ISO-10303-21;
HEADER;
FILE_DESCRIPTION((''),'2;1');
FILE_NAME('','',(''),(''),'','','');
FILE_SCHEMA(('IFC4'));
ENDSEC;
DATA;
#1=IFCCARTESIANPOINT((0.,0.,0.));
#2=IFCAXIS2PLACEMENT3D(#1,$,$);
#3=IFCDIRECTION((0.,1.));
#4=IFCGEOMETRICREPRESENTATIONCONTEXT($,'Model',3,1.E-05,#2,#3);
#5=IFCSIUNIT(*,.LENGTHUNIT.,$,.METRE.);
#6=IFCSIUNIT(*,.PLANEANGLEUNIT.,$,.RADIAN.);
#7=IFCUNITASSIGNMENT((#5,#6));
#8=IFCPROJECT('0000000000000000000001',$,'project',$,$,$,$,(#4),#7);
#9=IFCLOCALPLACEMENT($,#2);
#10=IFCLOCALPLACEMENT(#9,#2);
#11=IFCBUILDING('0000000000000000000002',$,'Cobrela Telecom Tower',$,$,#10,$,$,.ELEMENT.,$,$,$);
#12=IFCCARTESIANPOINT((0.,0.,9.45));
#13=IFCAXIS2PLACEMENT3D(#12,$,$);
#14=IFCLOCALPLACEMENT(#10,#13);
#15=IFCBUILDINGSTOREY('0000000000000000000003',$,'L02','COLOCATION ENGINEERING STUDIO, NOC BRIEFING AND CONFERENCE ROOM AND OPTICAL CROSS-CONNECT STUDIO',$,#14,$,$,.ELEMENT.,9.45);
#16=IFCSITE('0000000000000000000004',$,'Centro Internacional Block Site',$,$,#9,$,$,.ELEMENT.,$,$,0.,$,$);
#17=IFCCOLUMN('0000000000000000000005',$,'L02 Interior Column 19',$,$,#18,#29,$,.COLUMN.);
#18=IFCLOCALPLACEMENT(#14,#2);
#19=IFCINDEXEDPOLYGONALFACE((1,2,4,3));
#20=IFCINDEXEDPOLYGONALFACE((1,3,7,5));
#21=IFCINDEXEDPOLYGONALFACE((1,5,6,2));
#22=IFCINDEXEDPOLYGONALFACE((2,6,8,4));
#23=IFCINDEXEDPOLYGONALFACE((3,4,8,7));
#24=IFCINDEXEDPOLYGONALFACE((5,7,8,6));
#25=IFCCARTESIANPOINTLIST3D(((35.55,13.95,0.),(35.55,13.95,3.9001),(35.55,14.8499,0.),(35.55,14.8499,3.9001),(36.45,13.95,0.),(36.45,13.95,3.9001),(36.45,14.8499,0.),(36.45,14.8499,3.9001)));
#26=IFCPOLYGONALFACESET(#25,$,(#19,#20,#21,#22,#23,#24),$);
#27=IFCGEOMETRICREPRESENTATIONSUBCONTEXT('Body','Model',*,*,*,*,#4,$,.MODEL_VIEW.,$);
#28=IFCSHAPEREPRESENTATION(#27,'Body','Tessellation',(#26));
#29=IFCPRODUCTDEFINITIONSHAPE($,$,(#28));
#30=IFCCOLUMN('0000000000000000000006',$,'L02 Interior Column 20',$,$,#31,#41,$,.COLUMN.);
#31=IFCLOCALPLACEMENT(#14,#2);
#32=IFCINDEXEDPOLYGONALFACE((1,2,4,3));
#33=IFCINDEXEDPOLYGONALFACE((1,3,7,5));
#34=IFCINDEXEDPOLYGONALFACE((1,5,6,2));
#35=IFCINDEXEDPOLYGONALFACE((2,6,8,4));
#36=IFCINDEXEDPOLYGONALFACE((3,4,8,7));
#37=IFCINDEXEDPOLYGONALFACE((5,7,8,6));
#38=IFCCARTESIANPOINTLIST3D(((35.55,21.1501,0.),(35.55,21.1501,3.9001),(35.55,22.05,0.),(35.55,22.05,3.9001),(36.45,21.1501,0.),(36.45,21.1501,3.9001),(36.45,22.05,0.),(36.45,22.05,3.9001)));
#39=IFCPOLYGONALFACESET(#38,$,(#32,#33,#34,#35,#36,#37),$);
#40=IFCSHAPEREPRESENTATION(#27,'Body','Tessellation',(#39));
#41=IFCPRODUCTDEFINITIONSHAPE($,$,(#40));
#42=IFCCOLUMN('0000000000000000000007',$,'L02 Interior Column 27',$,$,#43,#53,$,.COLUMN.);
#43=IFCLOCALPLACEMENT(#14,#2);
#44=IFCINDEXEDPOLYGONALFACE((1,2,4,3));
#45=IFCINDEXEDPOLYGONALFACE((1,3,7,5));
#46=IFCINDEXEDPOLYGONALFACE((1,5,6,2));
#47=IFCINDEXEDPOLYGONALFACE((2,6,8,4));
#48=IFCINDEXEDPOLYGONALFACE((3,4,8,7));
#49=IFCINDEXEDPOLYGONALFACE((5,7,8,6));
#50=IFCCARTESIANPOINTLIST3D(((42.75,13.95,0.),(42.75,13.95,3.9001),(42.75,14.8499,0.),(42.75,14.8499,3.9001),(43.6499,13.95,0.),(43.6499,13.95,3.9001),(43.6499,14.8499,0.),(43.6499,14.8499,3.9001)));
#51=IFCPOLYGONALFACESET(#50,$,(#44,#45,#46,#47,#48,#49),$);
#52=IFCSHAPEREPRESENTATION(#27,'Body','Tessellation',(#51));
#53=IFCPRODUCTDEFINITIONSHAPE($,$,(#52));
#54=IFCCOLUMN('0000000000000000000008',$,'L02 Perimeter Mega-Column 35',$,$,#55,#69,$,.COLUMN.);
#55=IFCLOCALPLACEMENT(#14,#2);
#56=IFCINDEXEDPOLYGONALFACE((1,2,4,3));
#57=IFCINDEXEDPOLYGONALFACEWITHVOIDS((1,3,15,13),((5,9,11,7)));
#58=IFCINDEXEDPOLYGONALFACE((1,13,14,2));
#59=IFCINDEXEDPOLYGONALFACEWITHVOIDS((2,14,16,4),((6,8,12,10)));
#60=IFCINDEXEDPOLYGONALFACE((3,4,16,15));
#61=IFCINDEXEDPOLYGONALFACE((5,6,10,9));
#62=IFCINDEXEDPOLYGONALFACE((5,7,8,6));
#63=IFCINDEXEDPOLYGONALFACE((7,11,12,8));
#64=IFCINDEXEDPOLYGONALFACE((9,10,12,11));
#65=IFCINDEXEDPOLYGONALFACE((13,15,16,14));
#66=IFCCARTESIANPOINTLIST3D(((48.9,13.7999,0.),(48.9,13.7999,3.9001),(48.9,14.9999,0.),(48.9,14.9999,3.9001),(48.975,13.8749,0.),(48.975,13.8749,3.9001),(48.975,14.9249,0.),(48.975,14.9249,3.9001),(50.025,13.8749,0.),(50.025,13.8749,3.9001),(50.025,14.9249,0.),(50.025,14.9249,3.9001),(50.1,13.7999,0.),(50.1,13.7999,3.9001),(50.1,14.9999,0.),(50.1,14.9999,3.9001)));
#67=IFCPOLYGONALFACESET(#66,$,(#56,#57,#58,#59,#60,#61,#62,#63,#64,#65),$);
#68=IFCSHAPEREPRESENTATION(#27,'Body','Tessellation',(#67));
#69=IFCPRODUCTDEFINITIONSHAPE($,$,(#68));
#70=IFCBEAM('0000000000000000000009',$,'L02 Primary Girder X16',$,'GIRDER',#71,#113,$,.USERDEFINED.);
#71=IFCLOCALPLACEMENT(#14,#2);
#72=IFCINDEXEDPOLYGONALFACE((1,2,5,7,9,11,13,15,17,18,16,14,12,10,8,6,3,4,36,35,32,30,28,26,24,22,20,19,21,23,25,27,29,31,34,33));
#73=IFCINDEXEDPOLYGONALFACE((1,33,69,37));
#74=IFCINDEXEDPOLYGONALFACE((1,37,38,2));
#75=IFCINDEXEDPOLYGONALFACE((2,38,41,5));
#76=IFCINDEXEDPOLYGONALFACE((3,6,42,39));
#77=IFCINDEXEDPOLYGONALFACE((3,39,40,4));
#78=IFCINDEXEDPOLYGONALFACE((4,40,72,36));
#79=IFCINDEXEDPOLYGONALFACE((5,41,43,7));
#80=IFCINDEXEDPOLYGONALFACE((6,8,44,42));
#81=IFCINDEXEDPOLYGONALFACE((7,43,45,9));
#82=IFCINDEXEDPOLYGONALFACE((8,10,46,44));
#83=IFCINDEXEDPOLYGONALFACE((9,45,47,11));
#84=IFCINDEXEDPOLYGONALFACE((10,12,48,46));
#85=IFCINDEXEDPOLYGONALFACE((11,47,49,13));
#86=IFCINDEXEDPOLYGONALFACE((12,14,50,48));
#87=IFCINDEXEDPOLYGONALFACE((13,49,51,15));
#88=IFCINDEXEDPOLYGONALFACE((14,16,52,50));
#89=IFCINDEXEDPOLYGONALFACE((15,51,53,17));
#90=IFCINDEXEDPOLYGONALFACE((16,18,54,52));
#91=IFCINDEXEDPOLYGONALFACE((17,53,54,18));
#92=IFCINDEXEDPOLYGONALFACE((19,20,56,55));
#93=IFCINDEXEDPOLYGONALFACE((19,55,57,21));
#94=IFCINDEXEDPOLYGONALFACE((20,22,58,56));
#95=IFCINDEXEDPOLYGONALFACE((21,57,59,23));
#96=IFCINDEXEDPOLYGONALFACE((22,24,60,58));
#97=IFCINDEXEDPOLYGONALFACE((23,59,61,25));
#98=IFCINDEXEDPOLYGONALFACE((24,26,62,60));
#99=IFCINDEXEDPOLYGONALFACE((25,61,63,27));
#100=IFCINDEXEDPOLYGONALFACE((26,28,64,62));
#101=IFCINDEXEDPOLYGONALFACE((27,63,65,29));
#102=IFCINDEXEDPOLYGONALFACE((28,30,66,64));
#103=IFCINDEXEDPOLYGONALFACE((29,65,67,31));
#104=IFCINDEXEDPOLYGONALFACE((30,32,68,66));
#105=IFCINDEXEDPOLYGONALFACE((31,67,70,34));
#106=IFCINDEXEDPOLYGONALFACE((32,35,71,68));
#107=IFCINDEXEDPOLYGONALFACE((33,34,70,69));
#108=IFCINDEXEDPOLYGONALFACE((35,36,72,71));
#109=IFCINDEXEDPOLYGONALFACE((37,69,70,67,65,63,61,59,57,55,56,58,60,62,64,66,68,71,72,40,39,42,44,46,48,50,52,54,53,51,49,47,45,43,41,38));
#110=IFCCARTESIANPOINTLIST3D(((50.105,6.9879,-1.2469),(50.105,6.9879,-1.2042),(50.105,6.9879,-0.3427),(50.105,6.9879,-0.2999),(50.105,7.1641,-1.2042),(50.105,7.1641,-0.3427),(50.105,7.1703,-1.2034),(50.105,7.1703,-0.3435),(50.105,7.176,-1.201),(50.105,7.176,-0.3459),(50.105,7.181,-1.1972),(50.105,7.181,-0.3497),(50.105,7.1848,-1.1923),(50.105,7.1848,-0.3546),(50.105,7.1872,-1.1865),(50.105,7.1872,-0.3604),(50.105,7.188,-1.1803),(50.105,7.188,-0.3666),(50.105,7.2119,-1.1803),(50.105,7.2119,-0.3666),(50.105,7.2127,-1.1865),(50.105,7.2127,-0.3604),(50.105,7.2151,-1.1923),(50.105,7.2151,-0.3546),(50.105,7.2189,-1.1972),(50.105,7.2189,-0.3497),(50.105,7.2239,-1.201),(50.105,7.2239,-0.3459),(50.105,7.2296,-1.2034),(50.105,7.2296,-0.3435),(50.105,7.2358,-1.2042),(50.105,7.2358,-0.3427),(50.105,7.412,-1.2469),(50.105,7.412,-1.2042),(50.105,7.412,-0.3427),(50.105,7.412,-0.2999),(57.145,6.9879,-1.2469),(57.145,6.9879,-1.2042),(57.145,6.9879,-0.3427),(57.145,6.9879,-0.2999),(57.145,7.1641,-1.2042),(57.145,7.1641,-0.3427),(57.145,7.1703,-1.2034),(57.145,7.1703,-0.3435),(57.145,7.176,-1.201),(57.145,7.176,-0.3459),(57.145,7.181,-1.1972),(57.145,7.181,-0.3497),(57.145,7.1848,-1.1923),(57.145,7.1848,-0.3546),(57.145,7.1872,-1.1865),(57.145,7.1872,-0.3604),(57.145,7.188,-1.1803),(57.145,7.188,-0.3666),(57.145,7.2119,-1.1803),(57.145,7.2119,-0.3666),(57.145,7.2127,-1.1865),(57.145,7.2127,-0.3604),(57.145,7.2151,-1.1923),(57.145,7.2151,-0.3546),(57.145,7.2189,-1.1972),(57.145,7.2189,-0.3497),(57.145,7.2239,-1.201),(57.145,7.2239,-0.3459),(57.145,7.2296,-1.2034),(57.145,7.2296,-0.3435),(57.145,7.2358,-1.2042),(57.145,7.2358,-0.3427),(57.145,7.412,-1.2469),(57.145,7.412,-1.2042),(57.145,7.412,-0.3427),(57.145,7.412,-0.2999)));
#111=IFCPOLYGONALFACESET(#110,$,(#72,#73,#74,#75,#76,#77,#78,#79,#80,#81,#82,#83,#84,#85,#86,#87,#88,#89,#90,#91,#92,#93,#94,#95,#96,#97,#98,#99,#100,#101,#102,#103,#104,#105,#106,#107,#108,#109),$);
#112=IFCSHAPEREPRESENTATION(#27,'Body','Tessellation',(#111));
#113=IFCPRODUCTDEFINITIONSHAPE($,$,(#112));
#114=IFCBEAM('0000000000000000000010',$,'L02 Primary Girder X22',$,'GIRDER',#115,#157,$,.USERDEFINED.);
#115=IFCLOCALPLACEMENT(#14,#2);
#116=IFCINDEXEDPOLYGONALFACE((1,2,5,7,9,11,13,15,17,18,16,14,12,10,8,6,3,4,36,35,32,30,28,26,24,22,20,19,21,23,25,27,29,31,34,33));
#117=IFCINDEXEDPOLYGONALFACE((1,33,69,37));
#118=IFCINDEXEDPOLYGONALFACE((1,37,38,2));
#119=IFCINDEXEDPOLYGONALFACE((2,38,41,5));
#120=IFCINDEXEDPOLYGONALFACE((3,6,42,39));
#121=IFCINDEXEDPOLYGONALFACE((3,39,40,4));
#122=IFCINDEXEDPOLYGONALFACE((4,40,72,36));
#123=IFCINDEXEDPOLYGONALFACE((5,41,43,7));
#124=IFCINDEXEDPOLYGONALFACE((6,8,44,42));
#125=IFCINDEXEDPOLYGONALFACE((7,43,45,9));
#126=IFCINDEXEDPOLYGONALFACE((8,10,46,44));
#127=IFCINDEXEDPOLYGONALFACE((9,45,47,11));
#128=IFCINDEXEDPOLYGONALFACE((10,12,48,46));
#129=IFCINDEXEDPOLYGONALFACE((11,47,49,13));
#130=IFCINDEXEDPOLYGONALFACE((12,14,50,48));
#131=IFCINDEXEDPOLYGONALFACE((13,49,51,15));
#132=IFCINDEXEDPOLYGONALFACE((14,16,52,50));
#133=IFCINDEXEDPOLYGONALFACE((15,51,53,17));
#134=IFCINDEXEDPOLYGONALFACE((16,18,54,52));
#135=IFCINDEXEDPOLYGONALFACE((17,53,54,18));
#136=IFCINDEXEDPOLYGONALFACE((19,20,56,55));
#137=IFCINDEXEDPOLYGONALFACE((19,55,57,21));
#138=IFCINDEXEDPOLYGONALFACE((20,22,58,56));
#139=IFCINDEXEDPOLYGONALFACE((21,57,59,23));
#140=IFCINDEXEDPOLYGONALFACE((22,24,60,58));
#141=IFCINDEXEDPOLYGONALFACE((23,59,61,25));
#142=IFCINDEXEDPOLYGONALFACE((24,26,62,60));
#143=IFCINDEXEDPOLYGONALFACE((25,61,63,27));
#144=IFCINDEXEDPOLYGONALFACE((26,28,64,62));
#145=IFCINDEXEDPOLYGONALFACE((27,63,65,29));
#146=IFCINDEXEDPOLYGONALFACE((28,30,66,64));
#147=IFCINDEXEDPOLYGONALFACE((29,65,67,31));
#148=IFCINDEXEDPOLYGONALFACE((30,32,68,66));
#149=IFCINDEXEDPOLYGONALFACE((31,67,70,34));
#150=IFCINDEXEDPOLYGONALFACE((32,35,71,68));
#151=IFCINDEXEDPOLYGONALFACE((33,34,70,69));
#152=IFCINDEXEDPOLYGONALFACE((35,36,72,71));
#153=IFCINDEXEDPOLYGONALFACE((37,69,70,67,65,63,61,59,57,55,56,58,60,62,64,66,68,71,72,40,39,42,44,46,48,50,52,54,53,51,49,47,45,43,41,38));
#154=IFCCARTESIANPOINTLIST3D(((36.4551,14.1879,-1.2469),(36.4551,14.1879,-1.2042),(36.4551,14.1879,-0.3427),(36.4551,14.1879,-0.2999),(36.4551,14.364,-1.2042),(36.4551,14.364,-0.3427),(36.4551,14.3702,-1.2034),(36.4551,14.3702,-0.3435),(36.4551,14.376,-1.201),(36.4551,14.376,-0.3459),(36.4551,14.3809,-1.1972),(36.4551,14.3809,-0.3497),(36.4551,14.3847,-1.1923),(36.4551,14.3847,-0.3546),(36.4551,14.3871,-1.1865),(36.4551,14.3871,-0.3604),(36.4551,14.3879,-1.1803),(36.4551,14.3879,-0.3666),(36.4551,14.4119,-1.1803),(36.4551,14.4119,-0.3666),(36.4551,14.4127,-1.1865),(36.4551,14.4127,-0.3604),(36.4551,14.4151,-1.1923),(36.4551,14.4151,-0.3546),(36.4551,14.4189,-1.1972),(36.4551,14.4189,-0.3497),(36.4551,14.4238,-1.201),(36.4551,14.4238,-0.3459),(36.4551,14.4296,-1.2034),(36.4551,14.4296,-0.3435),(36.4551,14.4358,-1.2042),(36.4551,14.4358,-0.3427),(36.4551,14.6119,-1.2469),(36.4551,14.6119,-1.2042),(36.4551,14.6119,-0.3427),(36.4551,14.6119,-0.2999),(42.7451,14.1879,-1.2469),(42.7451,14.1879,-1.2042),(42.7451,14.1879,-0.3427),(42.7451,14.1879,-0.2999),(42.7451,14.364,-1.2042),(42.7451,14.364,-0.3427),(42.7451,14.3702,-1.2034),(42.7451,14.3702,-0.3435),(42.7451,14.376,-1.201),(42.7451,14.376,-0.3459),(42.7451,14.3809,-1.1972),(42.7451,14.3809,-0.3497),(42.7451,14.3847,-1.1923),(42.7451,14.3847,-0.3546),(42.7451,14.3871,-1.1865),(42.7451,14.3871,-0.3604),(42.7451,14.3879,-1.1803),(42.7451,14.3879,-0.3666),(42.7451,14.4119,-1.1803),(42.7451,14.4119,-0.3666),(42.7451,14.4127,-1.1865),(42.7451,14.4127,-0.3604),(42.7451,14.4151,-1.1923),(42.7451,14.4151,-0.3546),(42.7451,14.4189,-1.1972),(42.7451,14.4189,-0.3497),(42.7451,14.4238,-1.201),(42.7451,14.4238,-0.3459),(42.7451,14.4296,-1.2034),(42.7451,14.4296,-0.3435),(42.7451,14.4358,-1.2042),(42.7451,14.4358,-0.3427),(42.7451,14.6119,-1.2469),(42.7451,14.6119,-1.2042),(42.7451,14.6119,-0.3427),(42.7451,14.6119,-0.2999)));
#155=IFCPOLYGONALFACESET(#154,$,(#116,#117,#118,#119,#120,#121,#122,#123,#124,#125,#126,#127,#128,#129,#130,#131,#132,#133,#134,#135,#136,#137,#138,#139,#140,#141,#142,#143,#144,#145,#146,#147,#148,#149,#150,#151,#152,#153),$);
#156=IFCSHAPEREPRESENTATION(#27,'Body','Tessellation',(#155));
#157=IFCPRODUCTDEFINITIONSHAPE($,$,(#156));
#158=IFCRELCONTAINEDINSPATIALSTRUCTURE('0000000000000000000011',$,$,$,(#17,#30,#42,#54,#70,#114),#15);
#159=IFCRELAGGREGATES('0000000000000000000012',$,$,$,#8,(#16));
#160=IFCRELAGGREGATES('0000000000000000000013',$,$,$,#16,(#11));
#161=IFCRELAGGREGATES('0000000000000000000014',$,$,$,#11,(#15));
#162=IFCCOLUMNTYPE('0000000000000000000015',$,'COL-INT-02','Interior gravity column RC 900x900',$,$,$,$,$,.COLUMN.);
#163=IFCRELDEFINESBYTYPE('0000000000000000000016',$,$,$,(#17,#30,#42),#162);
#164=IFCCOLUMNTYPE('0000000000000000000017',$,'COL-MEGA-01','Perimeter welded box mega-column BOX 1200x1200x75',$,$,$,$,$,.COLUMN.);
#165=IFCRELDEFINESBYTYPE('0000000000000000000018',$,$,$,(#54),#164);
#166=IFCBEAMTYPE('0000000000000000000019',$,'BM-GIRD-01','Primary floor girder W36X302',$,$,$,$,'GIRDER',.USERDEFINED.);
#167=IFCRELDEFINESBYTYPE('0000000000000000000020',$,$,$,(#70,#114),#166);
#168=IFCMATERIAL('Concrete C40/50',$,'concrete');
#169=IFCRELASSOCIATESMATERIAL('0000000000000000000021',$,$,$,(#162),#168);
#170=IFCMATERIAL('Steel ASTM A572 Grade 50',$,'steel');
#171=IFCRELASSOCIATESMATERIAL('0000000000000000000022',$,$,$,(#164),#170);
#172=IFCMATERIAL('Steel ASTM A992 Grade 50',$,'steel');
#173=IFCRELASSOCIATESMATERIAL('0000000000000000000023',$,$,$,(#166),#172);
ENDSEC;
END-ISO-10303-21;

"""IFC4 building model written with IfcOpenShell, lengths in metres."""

from ifc_helpers import new_model, si_unit, direction, frame, origin, origin_2d, place, context, subcontext, project, spatial, rectangle, hollow_rectangle, i_section, extrude, material, material_profile, profile_set, type_object, element, save


model = new_model("IFC4")

# Units and contexts
model_context = context("Model", 3, precision=1e-05, world=origin(), true_north=direction((0.0, 1.0)))
body_context = subcontext(model_context, "Body", "Model", "MODEL_VIEW")
ifc_project = project(units=[si_unit("LENGTHUNIT", "METRE"), si_unit("PLANEANGLEUNIT", "RADIAN")], contexts=[model_context])

# Site, building, storey
site_placement = place(None, origin())
site = spatial("IfcSite", under=ifc_project, at=site_placement, Name="Centro Internacional Block Site", CompositionType="ELEMENT", RefElevation=0.0)
building_placement = place(site_placement, origin())
building = spatial("IfcBuilding", under=site, at=building_placement, Name="Cobrela Telecom Tower", CompositionType="ELEMENT")
storey_placement = place(building_placement, frame((0.0, 0.0, 9.45)))
storey = spatial("IfcBuildingStorey", under=building, at=storey_placement, Name="L02", Description="COLOCATION ENGINEERING STUDIO, NOC BRIEFING AND CONFERENCE ROOM AND OPTICAL CROSS-CONNECT STUDIO", CompositionType="ELEMENT", Elevation=9.45)

# Columns
ifc_material_1 = material(Name="Concrete C40/50", Category="concrete")
ifc_material_profile_1 = material_profile(ifc_material_1, rectangle(XDim=0.8999, YDim=0.8999, at=origin_2d()), Name="RC 900x900")
ifc_profile_set_1 = profile_set([ifc_material_profile_1], Name="Concrete C40/50")
column_type_1 = type_object("IfcColumnType", Name="COL-INT-02", Description="Interior gravity column RC 900x900", PredefinedType="COLUMN", material=ifc_profile_set_1)
for number, where, z_axis, x_axis, name in (
    (1, (36.0, 14.3999, 0.0), (0.0, 0.0, 1.0), (1.0, 0.0, 0.0), "L02 Interior Column 19"),
    (2, (36.0, 21.6001, 0.0), (0.0, 0.0, 1.0), (1.0, 0.0, 0.0), "L02 Interior Column 20"),
    (3, (43.2, 14.3999, 0.0), (0.0, 0.0, 1.0), (1.0, 0.0, 0.0), "L02 Interior Column 27"),
):
    element("IfcColumn", number, at=place(storey_placement, frame(where, z_axis=z_axis, x_axis=x_axis)), inside=storey, type_object=column_type_1, Name=name, PredefinedType="COLUMN", context=body_context, shape_type="SweptSolid", body=[
        extrude(rectangle(XDim=0.8999, YDim=0.8999, at=origin_2d()), origin(), (0.0, 0.0, 1.0), 3.9001),
    ])
ifc_material_2 = material(Name="Steel ASTM A572 Grade 50", Category="steel")
ifc_material_profile_2 = material_profile(ifc_material_2, hollow_rectangle(XDim=1.2, YDim=1.2, WallThickness=0.075, at=origin_2d()), Name="BOX 1200x1200x75")
ifc_profile_set_2 = profile_set([ifc_material_profile_2], Name="Steel ASTM A572 Grade 50")
column_type_2 = type_object("IfcColumnType", Name="COL-MEGA-01", Description="Perimeter welded box mega-column BOX 1200x1200x75", PredefinedType="COLUMN", material=ifc_profile_set_2)
column_placement = place(storey_placement, frame((49.5, 14.3999, 0.0), z_axis=(0.0, 0.0, 1.0), x_axis=(1.0, 0.0, 0.0)))
element("IfcColumn", 4, at=column_placement, inside=storey, type_object=column_type_2, Name="L02 Perimeter Mega-Column 35", PredefinedType="COLUMN", context=body_context, shape_type="SweptSolid", body=[
    extrude(hollow_rectangle(XDim=1.2, YDim=1.2, WallThickness=0.075, at=origin_2d()), origin(), (0.0, 0.0, 1.0), 3.9001),
])

# Beams
ifc_material_3 = material(Name="Steel ASTM A992 Grade 50", Category="steel")
ifc_material_profile_3 = material_profile(ifc_material_3, i_section(OverallWidth=0.4241, OverallDepth=0.947, WebThickness=0.0239, FlangeThickness=0.0427, FilletRadius=0.0239, at=origin_2d()), Name="W36X302")
ifc_profile_set_3 = profile_set([ifc_material_profile_3], Name="Steel ASTM A992 Grade 50")
beam_type_1 = type_object("IfcBeamType", Name="BM-GIRD-01", Description="Primary floor girder W36X302", ElementType="GIRDER", PredefinedType="USERDEFINED", material=ifc_profile_set_3)
beam_1_placement = place(storey_placement, frame((50.105, 7.2, -0.7734), z_axis=(1.0, 0.0, 0.0), x_axis=(0.0, 1.0, 0.0)))
element("IfcBeam", 5, at=beam_1_placement, inside=storey, type_object=beam_type_1, Name="L02 Primary Girder X16", ObjectType="GIRDER", PredefinedType="USERDEFINED", context=body_context, shape_type="SweptSolid", body=[
    extrude(i_section(OverallWidth=0.4241, OverallDepth=0.947, WebThickness=0.0239, FlangeThickness=0.0427, FilletRadius=0.0239, at=origin_2d()), origin(), (0.0, 0.0, 1.0), 7.04),
])
beam_2_placement = place(storey_placement, frame((36.4551, 14.3999, -0.7734), z_axis=(1.0, 0.0, 0.0), x_axis=(0.0, 1.0, 0.0)))
element("IfcBeam", 6, at=beam_2_placement, inside=storey, type_object=beam_type_1, Name="L02 Primary Girder X22", ObjectType="GIRDER", PredefinedType="USERDEFINED", context=body_context, shape_type="SweptSolid", body=[
    extrude(i_section(OverallWidth=0.4241, OverallDepth=0.947, WebThickness=0.0239, FlangeThickness=0.0427, FilletRadius=0.0239, at=origin_2d()), origin(), (0.0, 0.0, 1.0), 6.29),
])

save(model, "model.ifc")
